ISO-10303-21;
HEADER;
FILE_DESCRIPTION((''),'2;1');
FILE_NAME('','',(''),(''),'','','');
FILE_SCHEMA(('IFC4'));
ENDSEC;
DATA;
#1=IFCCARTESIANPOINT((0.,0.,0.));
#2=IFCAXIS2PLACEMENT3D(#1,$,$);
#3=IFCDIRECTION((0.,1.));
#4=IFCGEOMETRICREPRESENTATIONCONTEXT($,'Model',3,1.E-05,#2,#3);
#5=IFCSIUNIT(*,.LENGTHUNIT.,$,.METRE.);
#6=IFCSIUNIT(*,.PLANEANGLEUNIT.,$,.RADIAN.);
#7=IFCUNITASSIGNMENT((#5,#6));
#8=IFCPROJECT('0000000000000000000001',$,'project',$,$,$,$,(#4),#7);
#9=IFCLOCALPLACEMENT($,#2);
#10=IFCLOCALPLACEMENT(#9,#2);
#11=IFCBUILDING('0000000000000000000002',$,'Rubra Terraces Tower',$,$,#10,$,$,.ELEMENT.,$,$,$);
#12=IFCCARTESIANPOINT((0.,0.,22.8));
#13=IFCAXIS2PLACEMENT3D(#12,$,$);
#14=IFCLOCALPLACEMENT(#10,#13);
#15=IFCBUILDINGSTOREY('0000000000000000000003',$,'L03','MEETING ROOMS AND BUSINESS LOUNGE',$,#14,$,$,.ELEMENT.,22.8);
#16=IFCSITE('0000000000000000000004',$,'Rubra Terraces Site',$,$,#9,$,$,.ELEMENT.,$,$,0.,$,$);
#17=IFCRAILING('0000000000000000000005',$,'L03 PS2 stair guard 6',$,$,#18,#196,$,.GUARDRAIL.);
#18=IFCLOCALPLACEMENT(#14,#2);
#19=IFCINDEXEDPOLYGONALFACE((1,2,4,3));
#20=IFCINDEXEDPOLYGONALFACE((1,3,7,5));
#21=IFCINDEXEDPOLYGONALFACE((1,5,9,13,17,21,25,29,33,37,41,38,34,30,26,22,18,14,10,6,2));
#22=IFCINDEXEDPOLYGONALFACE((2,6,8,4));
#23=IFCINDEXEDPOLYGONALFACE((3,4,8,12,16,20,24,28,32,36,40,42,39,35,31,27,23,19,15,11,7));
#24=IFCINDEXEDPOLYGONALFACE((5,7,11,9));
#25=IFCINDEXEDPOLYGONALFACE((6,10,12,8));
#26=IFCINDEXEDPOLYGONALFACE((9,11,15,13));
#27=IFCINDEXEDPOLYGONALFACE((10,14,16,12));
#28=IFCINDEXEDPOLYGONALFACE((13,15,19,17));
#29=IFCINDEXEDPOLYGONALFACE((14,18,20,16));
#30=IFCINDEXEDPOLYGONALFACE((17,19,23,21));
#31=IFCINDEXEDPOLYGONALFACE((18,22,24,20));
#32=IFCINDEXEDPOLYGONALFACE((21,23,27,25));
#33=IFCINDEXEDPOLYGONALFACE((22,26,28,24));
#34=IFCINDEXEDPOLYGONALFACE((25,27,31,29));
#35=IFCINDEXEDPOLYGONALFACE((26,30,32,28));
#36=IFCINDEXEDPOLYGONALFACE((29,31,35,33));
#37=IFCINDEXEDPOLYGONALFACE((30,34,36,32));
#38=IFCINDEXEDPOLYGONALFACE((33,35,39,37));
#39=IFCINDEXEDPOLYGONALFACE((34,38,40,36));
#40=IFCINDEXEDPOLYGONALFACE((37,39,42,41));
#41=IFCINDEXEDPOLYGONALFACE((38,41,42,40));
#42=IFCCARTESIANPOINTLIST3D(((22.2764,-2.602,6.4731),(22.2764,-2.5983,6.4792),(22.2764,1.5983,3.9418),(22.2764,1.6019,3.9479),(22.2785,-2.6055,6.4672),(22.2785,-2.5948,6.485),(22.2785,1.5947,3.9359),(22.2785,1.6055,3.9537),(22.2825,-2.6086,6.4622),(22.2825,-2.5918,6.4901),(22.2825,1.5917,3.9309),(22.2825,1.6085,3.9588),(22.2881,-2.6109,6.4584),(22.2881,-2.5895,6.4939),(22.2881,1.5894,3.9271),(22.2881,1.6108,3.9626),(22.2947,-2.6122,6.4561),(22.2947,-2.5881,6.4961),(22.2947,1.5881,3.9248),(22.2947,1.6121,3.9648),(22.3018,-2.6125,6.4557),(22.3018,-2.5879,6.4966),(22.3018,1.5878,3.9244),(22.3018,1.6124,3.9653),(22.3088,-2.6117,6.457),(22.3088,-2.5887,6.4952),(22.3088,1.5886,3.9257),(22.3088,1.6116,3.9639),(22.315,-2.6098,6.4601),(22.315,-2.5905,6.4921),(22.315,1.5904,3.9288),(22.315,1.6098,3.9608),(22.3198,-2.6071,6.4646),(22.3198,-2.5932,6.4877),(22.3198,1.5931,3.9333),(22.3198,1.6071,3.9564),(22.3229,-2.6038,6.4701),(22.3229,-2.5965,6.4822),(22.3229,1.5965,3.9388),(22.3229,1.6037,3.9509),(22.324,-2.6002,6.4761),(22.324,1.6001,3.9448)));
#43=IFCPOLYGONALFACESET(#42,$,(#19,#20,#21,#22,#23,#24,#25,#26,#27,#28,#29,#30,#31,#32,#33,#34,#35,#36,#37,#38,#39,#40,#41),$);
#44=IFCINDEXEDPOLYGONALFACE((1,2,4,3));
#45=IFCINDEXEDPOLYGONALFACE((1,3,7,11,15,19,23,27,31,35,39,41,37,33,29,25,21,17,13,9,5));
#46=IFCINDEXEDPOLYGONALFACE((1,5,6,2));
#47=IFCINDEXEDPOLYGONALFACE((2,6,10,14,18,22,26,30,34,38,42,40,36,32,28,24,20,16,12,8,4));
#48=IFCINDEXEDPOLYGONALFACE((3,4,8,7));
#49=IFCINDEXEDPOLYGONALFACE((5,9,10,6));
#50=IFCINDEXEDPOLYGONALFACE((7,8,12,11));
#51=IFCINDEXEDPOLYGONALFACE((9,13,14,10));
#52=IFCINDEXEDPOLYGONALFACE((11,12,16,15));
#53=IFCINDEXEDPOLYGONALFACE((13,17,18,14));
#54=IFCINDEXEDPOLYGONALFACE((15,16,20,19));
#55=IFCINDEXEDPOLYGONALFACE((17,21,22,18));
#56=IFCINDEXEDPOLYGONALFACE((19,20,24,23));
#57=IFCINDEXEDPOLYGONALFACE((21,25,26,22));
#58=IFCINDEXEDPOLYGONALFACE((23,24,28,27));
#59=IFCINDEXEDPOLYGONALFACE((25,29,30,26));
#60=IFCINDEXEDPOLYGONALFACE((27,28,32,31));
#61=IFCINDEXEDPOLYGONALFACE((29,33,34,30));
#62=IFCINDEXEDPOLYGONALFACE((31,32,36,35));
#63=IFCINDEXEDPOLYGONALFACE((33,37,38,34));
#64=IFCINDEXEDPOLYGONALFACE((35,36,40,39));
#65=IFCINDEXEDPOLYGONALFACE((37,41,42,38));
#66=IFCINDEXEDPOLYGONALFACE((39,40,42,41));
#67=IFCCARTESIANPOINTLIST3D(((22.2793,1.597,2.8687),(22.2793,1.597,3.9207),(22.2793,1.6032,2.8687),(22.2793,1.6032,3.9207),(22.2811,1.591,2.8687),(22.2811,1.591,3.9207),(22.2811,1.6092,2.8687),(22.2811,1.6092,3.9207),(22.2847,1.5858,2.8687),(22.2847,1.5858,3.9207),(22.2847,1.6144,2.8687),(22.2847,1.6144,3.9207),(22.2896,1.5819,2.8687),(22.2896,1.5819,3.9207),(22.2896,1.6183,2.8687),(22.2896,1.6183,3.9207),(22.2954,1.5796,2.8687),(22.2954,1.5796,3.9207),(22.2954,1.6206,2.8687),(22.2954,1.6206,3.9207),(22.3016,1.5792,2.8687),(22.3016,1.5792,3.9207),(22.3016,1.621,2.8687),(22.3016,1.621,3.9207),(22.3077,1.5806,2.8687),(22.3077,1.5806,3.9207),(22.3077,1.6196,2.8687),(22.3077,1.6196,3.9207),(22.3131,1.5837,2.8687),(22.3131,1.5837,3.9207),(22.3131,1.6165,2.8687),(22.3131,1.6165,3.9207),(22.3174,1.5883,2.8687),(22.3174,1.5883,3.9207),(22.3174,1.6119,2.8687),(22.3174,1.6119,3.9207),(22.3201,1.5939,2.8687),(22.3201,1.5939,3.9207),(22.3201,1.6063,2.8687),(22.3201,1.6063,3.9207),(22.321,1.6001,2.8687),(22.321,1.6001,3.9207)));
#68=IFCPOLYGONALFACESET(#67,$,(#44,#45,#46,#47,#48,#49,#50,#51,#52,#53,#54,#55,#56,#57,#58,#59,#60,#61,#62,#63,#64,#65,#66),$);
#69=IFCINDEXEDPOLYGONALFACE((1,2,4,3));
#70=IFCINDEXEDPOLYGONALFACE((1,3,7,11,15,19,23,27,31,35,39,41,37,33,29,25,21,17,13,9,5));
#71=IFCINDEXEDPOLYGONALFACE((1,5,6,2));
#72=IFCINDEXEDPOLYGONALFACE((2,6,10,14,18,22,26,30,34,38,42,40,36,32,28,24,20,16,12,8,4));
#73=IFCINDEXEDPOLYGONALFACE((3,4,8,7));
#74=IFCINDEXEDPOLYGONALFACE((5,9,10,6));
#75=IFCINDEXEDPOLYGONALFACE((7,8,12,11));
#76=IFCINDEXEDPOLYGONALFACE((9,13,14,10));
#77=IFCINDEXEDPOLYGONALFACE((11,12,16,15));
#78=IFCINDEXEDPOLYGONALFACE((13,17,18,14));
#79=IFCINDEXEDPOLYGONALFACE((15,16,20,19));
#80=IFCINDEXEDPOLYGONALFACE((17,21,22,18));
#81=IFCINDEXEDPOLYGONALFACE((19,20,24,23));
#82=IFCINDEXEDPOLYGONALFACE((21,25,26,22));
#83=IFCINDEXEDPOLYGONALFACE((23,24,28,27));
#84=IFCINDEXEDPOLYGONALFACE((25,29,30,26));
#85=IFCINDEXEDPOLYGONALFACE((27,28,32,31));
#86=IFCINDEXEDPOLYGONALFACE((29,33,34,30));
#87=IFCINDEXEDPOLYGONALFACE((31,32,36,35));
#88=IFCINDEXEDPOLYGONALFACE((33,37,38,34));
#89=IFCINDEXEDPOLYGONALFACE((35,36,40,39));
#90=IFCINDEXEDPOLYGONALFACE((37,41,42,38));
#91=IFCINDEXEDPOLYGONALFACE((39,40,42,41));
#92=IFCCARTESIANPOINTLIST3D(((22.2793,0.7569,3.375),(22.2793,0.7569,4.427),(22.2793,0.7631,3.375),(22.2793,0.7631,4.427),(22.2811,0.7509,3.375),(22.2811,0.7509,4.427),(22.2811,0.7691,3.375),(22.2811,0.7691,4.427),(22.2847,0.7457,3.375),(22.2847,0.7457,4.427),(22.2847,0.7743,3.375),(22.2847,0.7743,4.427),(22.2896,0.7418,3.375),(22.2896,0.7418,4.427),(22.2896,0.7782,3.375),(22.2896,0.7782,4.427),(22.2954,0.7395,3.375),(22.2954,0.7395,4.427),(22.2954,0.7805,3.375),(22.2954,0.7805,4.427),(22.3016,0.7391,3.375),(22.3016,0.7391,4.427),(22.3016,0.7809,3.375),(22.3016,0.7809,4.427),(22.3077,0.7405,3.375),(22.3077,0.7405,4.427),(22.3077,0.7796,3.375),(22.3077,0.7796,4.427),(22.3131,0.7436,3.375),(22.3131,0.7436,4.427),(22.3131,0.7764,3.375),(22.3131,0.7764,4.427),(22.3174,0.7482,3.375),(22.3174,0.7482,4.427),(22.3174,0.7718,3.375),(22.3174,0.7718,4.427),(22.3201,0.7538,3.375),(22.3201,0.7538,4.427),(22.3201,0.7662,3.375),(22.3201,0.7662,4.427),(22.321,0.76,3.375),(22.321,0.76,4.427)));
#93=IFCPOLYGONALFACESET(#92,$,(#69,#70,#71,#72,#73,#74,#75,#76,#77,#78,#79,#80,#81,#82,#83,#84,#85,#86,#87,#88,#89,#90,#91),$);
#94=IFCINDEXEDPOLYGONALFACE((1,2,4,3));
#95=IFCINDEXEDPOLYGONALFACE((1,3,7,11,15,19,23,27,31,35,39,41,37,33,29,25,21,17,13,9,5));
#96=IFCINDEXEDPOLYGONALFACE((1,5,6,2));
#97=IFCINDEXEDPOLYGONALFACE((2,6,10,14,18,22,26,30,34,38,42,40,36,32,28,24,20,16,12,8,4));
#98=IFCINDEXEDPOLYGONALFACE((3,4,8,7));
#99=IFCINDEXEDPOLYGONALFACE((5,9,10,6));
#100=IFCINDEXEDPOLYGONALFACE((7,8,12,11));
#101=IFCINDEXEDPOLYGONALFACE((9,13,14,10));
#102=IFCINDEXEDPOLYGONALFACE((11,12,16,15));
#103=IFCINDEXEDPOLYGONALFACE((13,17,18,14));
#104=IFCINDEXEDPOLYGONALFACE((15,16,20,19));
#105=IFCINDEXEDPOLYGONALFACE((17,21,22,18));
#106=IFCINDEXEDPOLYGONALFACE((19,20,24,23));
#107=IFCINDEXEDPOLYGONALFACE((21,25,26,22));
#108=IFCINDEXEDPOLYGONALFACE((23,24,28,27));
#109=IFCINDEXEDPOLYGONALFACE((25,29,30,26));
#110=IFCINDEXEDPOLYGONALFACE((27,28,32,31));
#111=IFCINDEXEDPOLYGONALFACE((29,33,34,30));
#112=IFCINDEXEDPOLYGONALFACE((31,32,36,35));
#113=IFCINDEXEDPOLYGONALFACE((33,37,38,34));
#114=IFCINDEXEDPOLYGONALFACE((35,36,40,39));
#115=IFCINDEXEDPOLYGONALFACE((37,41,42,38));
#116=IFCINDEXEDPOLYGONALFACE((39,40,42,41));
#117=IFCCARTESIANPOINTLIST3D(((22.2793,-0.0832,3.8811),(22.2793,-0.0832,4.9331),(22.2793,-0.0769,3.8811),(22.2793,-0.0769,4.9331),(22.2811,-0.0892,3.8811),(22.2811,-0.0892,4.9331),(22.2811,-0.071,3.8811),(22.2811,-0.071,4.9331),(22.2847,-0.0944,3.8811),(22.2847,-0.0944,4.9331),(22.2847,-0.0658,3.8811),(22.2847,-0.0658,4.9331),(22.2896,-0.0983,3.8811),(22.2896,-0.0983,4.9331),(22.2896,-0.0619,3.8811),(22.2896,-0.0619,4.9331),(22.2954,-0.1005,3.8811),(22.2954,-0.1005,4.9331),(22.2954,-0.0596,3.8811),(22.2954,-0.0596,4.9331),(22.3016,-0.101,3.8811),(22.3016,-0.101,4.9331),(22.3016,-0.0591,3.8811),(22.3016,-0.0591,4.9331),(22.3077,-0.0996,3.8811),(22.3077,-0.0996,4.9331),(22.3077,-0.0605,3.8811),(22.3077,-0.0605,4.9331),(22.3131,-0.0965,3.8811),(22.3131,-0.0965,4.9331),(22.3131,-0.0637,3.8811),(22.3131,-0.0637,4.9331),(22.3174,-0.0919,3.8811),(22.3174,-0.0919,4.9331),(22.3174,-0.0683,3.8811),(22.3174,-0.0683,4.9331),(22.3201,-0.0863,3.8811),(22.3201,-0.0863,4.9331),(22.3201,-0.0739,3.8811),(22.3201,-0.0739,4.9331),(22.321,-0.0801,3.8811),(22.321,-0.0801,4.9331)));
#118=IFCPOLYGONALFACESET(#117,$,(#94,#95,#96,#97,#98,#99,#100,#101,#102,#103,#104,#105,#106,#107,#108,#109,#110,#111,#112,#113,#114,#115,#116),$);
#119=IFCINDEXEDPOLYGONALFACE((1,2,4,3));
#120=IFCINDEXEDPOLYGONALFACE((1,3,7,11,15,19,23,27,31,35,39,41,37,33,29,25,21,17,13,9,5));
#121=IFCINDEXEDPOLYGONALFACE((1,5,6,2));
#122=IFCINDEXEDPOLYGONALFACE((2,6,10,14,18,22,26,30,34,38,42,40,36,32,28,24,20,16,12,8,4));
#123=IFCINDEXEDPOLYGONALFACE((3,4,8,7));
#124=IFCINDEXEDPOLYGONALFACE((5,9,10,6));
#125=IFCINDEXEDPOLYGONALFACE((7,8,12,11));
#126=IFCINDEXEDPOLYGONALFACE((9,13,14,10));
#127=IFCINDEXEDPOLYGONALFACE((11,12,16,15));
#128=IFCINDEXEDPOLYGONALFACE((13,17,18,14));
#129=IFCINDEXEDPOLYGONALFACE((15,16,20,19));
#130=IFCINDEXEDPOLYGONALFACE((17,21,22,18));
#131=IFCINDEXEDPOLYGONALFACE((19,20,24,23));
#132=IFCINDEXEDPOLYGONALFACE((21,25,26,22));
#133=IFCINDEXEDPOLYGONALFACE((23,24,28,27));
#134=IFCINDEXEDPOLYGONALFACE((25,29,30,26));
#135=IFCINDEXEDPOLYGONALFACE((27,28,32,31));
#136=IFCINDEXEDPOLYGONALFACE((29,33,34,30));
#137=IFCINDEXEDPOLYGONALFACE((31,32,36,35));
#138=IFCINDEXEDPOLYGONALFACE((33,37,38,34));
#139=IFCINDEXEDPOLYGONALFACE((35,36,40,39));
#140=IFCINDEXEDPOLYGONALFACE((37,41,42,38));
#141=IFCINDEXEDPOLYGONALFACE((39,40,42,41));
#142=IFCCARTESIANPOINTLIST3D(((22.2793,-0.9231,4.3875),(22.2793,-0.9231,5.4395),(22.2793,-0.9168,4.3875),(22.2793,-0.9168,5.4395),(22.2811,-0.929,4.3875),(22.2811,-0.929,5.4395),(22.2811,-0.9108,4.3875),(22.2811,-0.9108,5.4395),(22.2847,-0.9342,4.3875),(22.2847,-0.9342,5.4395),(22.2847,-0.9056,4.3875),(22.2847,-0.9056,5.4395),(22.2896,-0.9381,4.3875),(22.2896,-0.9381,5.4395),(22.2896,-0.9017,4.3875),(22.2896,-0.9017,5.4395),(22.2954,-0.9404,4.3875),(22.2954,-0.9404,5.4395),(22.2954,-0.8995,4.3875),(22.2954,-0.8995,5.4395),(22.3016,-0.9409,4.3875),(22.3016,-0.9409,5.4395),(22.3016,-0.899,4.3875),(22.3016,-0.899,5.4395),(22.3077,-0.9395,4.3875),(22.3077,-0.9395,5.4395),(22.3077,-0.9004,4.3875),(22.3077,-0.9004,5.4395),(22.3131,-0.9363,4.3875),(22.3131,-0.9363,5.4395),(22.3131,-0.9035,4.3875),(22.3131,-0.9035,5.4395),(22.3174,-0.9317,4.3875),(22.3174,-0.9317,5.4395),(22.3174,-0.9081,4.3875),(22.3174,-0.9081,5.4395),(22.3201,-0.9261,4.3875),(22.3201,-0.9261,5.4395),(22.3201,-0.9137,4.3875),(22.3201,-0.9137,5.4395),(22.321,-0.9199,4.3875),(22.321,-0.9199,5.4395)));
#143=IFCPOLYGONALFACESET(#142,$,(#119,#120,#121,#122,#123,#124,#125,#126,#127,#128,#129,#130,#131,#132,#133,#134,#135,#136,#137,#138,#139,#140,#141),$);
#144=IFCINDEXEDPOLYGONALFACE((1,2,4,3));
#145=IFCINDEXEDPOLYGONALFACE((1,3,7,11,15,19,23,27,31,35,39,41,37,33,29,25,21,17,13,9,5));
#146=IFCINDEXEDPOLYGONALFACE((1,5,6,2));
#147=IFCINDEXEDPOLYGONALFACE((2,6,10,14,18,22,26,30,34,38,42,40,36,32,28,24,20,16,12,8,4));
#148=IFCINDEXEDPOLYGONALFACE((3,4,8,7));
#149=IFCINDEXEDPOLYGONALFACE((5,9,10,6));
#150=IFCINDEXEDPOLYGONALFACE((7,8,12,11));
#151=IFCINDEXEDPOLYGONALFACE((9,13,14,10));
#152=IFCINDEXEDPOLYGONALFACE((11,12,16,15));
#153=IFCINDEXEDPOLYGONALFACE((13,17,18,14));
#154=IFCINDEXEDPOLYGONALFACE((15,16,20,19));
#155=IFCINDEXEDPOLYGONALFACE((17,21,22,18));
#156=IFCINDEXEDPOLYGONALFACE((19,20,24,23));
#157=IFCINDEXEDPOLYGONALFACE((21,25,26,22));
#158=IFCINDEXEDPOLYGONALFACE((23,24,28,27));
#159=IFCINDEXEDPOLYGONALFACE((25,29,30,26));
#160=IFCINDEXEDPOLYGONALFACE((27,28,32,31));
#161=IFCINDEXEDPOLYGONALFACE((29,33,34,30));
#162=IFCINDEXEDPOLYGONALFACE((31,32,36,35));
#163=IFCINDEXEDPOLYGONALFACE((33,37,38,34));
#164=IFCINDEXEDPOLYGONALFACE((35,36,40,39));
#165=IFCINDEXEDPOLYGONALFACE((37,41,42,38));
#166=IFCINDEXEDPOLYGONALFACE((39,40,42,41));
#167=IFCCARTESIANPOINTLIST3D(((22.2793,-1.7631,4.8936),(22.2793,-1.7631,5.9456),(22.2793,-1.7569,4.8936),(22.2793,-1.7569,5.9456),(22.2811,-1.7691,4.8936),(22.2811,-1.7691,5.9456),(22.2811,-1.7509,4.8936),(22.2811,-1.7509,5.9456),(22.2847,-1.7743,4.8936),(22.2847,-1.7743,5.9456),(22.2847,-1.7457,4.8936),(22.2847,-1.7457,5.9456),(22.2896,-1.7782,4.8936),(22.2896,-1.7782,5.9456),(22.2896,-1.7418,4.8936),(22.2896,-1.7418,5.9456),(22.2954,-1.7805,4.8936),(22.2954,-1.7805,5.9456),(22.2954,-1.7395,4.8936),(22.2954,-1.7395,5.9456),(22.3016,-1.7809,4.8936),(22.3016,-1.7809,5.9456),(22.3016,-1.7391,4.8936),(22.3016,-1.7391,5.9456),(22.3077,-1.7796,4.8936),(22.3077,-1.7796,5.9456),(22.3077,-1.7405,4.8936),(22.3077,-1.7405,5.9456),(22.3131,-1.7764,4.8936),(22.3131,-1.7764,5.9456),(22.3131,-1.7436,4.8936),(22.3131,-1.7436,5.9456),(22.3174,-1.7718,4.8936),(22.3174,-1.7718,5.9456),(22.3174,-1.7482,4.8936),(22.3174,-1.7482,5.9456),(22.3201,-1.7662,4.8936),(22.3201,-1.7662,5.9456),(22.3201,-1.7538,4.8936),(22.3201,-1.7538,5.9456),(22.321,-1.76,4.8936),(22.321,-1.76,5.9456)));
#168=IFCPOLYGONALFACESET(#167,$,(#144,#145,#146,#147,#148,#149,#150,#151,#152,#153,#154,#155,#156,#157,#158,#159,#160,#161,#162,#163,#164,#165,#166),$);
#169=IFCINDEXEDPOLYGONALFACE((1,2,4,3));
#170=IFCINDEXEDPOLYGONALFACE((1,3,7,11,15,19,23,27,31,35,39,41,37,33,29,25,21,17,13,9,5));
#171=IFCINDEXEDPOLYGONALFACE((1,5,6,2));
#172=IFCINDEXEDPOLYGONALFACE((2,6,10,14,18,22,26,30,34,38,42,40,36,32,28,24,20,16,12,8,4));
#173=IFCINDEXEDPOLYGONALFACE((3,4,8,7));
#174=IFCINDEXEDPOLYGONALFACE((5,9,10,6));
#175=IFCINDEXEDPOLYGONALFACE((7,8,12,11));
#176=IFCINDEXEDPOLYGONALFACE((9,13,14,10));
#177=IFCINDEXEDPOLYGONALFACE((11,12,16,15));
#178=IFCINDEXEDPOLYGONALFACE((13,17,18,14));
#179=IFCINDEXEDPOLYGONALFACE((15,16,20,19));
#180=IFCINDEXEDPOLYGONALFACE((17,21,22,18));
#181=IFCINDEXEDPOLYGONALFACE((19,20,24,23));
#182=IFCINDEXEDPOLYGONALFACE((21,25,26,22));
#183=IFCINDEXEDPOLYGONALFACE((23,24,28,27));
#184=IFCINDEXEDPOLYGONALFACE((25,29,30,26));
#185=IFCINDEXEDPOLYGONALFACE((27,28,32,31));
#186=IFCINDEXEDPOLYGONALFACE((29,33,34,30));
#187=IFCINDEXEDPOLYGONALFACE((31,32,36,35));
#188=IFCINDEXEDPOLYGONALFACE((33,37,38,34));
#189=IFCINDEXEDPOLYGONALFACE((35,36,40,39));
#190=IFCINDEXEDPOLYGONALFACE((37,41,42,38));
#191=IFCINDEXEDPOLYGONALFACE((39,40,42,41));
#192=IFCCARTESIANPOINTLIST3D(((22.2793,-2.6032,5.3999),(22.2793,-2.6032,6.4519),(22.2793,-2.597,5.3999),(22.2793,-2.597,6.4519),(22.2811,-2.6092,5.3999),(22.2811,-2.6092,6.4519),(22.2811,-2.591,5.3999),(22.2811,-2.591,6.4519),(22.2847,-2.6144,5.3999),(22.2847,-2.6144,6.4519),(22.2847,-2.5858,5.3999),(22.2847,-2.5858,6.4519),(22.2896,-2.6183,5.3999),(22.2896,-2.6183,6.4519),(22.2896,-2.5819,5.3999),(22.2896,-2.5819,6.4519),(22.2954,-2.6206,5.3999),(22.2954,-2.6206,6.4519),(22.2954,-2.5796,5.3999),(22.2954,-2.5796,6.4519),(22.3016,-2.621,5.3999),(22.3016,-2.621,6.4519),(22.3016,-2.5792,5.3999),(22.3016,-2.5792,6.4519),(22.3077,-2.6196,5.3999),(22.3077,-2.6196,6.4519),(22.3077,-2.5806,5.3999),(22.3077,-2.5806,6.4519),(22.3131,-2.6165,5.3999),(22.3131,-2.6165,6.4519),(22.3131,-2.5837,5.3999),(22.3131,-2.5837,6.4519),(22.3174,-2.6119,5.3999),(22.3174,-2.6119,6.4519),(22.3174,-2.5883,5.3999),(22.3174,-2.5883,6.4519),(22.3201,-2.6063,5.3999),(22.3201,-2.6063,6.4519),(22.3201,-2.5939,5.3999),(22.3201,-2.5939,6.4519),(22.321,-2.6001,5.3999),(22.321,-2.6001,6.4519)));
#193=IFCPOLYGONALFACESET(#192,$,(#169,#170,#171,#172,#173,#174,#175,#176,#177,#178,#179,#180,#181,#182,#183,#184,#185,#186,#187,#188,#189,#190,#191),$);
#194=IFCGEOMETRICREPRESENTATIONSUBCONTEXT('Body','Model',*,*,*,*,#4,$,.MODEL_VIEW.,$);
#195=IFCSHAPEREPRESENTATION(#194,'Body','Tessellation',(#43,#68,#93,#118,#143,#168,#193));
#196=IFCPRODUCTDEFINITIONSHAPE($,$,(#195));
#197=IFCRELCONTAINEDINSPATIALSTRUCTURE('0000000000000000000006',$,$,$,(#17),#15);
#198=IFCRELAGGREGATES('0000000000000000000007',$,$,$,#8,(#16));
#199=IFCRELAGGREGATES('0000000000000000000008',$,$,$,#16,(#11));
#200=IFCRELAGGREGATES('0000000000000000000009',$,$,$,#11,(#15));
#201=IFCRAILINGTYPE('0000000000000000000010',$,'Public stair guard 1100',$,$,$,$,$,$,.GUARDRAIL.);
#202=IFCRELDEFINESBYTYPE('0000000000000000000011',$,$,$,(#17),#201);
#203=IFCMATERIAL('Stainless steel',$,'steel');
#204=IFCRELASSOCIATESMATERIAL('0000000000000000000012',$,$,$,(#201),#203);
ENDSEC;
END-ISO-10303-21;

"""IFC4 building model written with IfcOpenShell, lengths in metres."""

from ifc_helpers import new_model, si_unit, direction, frame, origin, origin_2d, place, context, subcontext, project, spatial, circle, extrude, material, type_object, element, save


model = new_model("IFC4")

# Units and contexts
model_context = context("Model", 3, precision=1e-05, world=origin(), true_north=direction((0.0, 1.0)))
body_context = subcontext(model_context, "Body", "Model", "MODEL_VIEW")
ifc_project = project(units=[si_unit("LENGTHUNIT", "METRE"), si_unit("PLANEANGLEUNIT", "RADIAN")], contexts=[model_context])

# Site, building, storey
site_placement = place(None, origin())
site = spatial("IfcSite", under=ifc_project, at=site_placement, Name="Rubra Terraces Site", CompositionType="ELEMENT", RefElevation=0.0)
building_placement = place(site_placement, origin())
building = spatial("IfcBuilding", under=site, at=building_placement, Name="Rubra Terraces Tower", CompositionType="ELEMENT")
storey_placement = place(building_placement, frame((0.0, 0.0, 22.8)))
storey = spatial("IfcBuildingStorey", under=building, at=storey_placement, Name="L03", Description="MEETING ROOMS AND BUSINESS LOUNGE", CompositionType="ELEMENT", Elevation=22.8)

# Railing
ifc_material_1 = material(Name="Stainless steel", Category="steel")
railing_type_1 = type_object("IfcRailingType", Name="Public stair guard 1100", PredefinedType="GUARDRAIL", material=ifc_material_1)
railing_1_placement = place(storey_placement, frame((22.3, 1.6001, 2.8687)))
element("IfcRailing", 1, at=railing_1_placement, inside=storey, type_object=railing_type_1, Name="L03 PS2 stair guard 6", PredefinedType="GUARDRAIL", context=body_context, shape_type="SweptSolid", body=[
    extrude(circle(Radius=0.0239, at=origin_2d()), frame((0.0, 0.0, 1.0762), z_axis=(0.0, -0.85649, 0.516164), x_axis=(1.0, 0.0, 0.0)), (0.0, 0.0, 1.0), 4.9041),
    extrude(circle(Radius=0.021, at=origin_2d()), origin(), (0.0, 0.0, 1.0), 1.052),
    extrude(circle(Radius=0.021, at=origin_2d()), frame((0.0, -0.8401, 0.5063)), (0.0, 0.0, 1.0), 1.052),
    extrude(circle(Radius=0.021, at=origin_2d()), frame((0.0, -1.6802, 1.0125)), (0.0, 0.0, 1.0), 1.052),
    extrude(circle(Radius=0.021, at=origin_2d()), frame((0.0, -2.52, 1.5188)), (0.0, 0.0, 1.0), 1.052),
    extrude(circle(Radius=0.021, at=origin_2d()), frame((0.0, -3.3601, 2.0249)), (0.0, 0.0, 1.0), 1.052),
    extrude(circle(Radius=0.021, at=origin_2d()), frame((0.0, -4.2002, 2.5312)), (0.0, 0.0, 1.0), 1.052),
])

save(model, "model.ifc")
